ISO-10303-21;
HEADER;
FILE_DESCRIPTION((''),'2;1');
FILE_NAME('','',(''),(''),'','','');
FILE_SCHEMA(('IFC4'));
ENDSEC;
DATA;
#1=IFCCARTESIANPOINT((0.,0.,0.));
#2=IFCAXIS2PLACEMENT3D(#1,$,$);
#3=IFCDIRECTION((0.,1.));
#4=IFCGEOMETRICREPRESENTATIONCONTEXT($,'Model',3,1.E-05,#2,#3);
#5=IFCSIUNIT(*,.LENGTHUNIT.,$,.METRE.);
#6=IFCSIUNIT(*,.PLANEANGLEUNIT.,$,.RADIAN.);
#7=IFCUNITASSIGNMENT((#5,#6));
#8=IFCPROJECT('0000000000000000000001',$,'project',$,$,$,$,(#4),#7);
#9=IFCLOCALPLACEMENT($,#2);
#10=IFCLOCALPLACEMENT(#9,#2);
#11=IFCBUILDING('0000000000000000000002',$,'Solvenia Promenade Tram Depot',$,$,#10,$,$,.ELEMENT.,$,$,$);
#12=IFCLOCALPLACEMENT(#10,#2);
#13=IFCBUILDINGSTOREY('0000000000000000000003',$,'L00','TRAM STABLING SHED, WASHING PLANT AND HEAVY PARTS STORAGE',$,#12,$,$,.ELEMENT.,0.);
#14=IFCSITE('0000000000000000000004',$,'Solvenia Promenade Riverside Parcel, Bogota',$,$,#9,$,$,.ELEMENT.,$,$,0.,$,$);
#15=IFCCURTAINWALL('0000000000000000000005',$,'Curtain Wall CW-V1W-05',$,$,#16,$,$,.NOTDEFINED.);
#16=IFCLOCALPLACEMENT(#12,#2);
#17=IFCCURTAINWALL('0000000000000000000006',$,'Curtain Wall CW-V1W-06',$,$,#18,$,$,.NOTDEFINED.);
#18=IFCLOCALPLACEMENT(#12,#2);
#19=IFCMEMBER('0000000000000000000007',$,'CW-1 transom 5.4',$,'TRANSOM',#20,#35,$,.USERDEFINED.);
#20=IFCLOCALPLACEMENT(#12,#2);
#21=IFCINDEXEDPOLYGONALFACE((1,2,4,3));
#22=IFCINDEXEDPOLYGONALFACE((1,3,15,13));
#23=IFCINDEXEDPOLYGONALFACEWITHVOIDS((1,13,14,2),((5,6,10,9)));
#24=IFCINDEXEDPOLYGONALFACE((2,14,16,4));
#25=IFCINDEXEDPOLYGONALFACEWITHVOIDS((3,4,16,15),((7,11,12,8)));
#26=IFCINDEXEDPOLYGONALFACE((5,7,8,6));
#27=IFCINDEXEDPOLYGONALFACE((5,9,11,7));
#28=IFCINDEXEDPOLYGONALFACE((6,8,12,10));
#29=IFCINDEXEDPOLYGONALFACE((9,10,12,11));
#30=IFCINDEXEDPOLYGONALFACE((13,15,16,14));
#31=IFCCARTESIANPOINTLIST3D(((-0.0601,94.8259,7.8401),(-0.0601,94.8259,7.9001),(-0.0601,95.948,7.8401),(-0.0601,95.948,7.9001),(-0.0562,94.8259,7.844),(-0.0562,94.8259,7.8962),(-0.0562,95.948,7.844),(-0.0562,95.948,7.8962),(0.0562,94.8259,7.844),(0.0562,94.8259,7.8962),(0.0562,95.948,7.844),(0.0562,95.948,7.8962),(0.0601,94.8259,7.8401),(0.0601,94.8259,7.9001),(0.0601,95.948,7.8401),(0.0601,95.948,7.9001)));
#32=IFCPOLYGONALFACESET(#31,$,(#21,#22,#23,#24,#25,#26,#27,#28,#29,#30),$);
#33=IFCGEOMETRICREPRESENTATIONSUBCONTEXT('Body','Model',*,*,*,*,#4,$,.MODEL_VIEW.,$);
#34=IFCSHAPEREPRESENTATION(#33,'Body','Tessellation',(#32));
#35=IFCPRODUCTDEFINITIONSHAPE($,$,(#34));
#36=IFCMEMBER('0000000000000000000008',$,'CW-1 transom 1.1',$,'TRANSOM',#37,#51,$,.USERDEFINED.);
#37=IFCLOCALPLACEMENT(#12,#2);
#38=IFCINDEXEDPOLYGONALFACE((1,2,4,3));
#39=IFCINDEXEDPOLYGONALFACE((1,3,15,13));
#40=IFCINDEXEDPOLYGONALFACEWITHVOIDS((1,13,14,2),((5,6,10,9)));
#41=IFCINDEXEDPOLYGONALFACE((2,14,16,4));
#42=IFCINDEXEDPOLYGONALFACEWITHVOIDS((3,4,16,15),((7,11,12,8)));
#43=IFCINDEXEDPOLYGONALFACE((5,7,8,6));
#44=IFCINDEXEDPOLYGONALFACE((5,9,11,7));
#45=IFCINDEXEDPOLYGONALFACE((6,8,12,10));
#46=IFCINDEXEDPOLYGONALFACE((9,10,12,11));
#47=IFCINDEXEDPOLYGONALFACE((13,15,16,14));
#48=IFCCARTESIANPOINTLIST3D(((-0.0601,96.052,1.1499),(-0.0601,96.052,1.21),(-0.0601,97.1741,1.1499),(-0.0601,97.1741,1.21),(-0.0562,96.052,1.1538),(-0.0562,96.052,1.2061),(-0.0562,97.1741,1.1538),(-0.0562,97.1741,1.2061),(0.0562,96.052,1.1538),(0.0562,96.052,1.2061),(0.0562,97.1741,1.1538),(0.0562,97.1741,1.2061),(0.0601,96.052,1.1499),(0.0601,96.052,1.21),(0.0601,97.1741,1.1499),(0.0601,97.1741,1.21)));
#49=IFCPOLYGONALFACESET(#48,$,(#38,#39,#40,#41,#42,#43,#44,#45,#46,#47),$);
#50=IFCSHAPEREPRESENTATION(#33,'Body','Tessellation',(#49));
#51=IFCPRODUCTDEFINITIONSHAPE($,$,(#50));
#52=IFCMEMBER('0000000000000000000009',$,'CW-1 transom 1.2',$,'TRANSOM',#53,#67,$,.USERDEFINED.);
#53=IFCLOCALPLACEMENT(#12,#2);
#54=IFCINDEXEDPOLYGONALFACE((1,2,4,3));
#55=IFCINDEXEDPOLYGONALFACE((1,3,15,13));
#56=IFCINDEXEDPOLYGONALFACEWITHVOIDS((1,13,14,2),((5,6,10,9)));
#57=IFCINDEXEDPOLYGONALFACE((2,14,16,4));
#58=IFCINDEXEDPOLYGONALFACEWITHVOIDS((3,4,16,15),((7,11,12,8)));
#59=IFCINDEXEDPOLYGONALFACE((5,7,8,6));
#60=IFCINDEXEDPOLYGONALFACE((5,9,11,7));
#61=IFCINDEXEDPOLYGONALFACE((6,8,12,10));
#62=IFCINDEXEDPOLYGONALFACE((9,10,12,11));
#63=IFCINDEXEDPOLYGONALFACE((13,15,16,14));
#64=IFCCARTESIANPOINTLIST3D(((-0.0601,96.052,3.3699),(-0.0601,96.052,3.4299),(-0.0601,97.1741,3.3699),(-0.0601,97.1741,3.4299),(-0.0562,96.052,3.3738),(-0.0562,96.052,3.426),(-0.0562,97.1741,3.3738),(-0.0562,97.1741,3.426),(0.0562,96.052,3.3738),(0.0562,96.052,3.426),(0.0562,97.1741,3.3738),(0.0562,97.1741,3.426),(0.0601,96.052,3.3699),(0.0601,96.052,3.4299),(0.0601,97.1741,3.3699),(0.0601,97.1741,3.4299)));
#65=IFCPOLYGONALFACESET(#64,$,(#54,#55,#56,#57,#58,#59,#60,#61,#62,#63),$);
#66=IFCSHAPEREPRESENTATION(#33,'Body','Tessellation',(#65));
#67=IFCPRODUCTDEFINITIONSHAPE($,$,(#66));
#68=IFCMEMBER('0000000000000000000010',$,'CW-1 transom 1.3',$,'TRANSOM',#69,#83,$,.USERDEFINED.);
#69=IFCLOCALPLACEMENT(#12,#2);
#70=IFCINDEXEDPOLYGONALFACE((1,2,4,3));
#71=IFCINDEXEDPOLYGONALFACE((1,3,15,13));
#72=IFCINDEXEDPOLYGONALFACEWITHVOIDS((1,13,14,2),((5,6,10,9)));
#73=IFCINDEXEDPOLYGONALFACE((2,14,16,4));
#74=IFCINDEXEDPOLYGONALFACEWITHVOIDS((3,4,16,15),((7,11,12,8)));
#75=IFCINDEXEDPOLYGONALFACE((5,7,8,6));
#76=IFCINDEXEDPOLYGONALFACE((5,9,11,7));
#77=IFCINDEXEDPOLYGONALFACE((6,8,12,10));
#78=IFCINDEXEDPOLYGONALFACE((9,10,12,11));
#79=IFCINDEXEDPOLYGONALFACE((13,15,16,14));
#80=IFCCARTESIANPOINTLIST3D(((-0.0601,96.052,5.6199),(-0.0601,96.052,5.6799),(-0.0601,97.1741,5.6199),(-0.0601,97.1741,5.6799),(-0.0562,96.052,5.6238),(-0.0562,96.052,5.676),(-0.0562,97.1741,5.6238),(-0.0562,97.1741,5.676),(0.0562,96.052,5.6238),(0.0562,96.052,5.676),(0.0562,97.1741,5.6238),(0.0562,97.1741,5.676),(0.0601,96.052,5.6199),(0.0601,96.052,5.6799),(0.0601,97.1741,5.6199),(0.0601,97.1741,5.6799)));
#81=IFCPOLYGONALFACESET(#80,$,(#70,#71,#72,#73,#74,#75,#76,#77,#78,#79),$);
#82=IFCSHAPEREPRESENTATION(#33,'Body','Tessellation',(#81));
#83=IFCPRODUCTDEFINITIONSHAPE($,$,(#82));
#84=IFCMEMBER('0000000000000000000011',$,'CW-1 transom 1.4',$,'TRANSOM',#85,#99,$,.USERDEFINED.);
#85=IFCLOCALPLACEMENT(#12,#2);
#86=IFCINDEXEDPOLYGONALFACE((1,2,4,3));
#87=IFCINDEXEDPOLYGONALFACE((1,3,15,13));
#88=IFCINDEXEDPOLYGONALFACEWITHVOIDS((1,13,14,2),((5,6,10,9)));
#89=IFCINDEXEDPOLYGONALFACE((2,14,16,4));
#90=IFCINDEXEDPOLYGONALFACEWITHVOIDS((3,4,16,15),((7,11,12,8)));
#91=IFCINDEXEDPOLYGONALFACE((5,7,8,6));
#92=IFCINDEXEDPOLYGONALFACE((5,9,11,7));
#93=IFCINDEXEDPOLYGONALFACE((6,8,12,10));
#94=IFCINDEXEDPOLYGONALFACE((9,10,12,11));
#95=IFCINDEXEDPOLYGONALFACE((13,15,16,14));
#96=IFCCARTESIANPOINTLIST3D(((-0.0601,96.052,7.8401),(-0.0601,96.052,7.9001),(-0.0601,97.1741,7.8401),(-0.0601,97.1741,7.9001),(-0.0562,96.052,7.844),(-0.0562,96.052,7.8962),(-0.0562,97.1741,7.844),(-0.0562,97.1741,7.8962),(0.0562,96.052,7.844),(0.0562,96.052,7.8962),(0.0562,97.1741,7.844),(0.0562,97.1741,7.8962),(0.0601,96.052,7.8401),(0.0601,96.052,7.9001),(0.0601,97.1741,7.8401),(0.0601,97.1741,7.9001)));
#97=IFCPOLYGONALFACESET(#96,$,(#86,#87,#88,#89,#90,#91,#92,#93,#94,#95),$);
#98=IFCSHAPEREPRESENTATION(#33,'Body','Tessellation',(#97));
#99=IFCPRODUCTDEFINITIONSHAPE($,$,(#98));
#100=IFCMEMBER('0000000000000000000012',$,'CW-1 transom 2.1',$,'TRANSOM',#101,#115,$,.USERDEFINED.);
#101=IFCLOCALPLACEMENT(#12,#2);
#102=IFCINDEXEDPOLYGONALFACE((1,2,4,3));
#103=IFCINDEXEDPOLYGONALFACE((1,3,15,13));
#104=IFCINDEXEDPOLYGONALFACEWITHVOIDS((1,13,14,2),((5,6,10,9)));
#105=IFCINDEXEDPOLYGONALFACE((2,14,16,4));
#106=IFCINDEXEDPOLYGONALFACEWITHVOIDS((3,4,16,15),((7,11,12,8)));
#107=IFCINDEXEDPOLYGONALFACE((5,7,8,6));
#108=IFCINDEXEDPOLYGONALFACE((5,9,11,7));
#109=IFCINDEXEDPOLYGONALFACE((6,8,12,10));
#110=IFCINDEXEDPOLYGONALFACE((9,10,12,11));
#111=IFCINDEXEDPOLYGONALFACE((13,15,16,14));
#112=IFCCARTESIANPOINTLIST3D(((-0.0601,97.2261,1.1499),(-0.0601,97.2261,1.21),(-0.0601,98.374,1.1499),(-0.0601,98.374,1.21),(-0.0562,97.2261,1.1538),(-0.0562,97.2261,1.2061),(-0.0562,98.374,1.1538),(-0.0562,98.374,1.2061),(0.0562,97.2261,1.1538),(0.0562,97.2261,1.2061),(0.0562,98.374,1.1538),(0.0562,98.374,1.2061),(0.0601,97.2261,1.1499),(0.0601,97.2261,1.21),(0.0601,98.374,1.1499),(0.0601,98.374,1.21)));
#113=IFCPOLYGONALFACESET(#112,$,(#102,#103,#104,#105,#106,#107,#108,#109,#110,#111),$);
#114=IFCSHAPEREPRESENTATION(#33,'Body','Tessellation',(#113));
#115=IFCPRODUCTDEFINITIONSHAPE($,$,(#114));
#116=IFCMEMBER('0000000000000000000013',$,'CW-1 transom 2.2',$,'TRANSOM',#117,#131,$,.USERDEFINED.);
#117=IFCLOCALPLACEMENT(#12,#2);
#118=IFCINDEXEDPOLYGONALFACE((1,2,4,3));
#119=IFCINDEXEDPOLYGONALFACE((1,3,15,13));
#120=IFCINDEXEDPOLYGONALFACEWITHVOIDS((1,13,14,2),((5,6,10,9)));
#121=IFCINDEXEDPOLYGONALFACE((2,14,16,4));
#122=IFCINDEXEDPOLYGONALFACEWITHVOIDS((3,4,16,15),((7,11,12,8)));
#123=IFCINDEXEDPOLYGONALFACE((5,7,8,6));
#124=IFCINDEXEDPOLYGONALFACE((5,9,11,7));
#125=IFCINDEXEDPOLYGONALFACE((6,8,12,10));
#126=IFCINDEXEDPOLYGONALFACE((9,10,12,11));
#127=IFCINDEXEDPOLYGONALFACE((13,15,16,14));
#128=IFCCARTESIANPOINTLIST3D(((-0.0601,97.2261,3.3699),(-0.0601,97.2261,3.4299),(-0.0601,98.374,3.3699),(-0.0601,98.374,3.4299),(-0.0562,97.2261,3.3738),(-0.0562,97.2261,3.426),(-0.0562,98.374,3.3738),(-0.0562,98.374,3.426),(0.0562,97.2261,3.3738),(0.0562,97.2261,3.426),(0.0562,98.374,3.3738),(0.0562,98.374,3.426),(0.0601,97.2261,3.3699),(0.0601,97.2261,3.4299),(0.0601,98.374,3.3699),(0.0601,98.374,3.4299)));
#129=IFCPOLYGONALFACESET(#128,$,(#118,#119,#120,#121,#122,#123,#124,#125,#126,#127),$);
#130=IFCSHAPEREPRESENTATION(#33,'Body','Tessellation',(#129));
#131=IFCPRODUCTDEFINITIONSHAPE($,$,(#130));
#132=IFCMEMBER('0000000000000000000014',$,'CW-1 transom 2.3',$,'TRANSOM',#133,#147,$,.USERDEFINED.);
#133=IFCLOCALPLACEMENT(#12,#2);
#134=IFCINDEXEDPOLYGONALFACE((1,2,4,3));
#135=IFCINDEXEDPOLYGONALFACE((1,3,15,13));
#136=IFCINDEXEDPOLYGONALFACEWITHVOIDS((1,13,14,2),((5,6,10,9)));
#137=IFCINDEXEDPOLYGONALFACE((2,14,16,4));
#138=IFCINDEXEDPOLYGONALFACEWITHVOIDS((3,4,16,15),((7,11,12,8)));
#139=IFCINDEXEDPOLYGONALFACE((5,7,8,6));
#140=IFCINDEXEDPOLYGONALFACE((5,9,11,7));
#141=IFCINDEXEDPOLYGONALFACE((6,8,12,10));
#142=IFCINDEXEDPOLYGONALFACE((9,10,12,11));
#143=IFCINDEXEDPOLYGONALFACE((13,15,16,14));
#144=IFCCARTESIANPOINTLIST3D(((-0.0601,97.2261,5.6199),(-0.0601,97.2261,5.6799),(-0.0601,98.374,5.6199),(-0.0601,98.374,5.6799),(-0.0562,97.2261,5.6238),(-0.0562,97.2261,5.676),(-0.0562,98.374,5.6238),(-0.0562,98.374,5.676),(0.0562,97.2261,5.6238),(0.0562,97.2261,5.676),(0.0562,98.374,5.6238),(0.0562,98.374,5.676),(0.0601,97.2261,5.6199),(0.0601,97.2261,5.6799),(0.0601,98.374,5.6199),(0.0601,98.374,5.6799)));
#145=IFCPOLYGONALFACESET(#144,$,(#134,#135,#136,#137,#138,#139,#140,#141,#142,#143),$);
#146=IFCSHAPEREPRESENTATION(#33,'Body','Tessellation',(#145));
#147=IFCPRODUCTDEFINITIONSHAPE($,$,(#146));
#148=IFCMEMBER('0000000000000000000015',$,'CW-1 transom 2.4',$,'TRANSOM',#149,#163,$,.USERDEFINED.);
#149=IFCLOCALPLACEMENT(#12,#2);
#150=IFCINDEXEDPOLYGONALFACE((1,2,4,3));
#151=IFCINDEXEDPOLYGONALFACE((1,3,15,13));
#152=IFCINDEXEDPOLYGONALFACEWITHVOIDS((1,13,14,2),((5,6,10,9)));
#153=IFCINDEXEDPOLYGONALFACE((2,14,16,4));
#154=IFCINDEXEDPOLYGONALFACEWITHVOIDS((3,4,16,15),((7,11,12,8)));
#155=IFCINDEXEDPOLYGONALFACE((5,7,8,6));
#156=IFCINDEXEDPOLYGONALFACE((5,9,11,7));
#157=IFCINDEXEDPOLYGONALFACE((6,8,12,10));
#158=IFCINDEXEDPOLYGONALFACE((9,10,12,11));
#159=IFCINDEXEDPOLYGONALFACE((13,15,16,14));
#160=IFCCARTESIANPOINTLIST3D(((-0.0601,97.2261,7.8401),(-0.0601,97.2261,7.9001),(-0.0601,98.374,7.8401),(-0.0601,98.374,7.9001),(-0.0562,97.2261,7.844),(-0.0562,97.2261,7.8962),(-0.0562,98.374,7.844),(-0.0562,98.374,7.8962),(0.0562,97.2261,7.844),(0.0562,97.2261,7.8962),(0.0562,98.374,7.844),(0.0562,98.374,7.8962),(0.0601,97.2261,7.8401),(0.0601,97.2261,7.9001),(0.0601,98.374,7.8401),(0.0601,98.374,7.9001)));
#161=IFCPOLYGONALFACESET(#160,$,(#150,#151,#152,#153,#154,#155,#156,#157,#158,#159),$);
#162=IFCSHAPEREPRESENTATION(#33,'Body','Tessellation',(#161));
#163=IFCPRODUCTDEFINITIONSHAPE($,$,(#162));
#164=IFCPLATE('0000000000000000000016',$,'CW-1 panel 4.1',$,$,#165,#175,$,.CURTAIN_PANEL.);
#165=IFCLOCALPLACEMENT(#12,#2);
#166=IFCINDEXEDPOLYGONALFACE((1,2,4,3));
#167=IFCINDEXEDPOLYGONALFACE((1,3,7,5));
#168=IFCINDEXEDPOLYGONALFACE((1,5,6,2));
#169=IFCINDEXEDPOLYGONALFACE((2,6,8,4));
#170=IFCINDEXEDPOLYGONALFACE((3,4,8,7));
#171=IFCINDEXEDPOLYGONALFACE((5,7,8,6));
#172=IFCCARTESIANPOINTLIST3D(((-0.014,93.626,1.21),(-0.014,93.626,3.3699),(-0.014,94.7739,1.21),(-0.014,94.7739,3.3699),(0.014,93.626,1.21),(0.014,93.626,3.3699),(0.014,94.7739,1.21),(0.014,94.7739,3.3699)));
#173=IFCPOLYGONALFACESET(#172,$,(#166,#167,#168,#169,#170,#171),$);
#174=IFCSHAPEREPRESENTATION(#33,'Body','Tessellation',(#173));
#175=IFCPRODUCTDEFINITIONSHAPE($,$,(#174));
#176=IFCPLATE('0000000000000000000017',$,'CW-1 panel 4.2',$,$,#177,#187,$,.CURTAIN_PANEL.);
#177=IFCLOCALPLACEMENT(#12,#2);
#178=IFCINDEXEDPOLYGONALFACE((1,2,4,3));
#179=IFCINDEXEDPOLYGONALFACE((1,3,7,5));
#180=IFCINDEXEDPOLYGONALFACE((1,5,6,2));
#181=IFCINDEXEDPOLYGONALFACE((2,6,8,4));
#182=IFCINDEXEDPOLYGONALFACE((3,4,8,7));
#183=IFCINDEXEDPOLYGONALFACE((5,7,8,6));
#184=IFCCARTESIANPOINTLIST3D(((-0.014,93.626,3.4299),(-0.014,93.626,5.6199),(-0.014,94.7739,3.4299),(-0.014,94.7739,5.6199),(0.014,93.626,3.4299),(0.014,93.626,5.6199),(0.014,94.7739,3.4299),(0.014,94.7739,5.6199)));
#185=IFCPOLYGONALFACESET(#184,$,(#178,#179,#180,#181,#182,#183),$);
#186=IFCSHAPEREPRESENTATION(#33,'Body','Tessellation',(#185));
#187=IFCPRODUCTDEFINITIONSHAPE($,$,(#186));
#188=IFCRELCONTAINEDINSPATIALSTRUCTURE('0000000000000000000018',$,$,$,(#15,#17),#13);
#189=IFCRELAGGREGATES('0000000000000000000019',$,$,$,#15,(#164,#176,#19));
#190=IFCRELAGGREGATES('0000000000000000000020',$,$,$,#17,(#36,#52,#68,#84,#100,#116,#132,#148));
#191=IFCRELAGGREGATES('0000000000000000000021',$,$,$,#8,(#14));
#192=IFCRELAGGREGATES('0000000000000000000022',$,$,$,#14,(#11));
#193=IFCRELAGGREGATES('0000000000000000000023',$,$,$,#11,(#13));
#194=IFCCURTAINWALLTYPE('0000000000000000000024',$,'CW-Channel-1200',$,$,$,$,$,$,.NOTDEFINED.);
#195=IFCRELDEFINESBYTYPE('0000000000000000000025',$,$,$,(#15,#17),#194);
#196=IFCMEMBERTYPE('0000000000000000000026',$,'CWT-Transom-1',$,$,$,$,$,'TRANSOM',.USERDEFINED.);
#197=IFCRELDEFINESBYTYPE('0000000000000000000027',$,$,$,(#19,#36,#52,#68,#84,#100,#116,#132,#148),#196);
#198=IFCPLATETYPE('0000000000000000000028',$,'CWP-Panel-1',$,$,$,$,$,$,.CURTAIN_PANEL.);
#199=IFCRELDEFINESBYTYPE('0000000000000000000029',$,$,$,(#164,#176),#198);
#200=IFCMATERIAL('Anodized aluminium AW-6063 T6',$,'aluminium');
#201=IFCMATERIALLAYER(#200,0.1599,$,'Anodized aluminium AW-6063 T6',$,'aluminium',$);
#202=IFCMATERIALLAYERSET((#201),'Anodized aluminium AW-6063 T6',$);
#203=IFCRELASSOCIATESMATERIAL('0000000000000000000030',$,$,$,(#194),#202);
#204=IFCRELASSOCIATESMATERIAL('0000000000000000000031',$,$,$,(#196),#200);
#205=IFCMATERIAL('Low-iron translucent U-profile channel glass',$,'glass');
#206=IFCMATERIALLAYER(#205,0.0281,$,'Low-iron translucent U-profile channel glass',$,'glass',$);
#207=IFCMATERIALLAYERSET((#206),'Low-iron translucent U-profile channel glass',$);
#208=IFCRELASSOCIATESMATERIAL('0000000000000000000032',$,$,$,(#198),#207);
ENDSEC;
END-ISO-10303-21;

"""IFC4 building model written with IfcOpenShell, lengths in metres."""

from ifc_helpers import new_model, si_unit, direction, frame, origin, origin_2d, place, context, subcontext, project, spatial, rectangle, hollow_rectangle, extrude, material, layer, layer_set, material_profile, profile_set, type_object, element, aggregate, save


model = new_model("IFC4")

# Units and contexts
model_context = context("Model", 3, precision=1e-05, world=origin(), true_north=direction((0.0, 1.0)))
body_context = subcontext(model_context, "Body", "Model", "MODEL_VIEW")
ifc_project = project(units=[si_unit("LENGTHUNIT", "METRE"), si_unit("PLANEANGLEUNIT", "RADIAN")], contexts=[model_context])

# Site, building, storey
site_placement = place(None, origin())
site = spatial("IfcSite", under=ifc_project, at=site_placement, Name="Solvenia Promenade Riverside Parcel, Bogota", CompositionType="ELEMENT", RefElevation=0.0)
building_placement = place(site_placement, origin())
building = spatial("IfcBuilding", under=site, at=building_placement, Name="Solvenia Promenade Tram Depot", CompositionType="ELEMENT")
storey_placement = place(building_placement, origin())
storey = spatial("IfcBuildingStorey", under=building, at=storey_placement, Name="L00", Description="TRAM STABLING SHED, WASHING PLANT AND HEAVY PARTS STORAGE", CompositionType="ELEMENT", Elevation=0.0)

# Curtain walls
ifc_material_1 = material(Name="Anodized aluminium AW-6063 T6", Category="aluminium")
ifc_layer_1 = layer(ifc_material_1, 0.1599, Name="Anodized aluminium AW-6063 T6", Category="aluminium")
ifc_layer_set_1 = layer_set([ifc_layer_1], Name="Anodized aluminium AW-6063 T6")
curtain_wall_type = type_object("IfcCurtainWallType", Name="CW-Channel-1200", PredefinedType="NOTDEFINED", material=ifc_layer_set_1)
curtain_wall_1_placement = place(storey_placement, origin())
curtain_wall_1 = element("IfcCurtainWall", 1, at=curtain_wall_1_placement, inside=storey, type_object=curtain_wall_type, Name="Curtain Wall CW-V1W-05", PredefinedType="NOTDEFINED")
curtain_wall_2_placement = place(storey_placement, origin())
curtain_wall_2 = element("IfcCurtainWall", 2, at=curtain_wall_2_placement, inside=storey, type_object=curtain_wall_type, Name="Curtain Wall CW-V1W-06", PredefinedType="NOTDEFINED")

# Members
ifc_material_profile_1 = material_profile(ifc_material_1, hollow_rectangle(XDim=0.1201, YDim=0.0601, WallThickness=0.0039, at=origin_2d()), Name="ALU-T1", Category="aluminium")
ifc_profile_set_1 = profile_set([ifc_material_profile_1], Name="Anodized aluminium AW-6063 T6")
member_type_1 = type_object("IfcMemberType", Name="CWT-Transom-1", ElementType="TRANSOM", PredefinedType="USERDEFINED", material=ifc_profile_set_1)
member_1_placement = place(storey_placement, frame((0.0, 94.8259, 7.8701), z_axis=(0.0, 1.0, 0.0), x_axis=(-1.0, 0.0, 0.0)))
member_1 = element("IfcMember", 3, at=member_1_placement, type_object=member_type_1, Name="CW-1 transom 5.4", ObjectType="TRANSOM", PredefinedType="USERDEFINED", context=body_context, shape_type="SweptSolid", body=[
    extrude(hollow_rectangle(XDim=0.1201, YDim=0.0601, WallThickness=0.0039, at=origin_2d()), origin(), (0.0, 0.0, 1.0), 1.1221),
])
member_2_placement = place(storey_placement, frame((0.0, 96.052, 1.1799), z_axis=(0.0, 1.0, 0.0), x_axis=(-1.0, 0.0, 0.0)))
member_2 = element("IfcMember", 4, at=member_2_placement, type_object=member_type_1, Name="CW-1 transom 1.1", ObjectType="TRANSOM", PredefinedType="USERDEFINED", context=body_context, shape_type="SweptSolid", body=[
    extrude(hollow_rectangle(XDim=0.1201, YDim=0.0601, WallThickness=0.0039, at=origin_2d()), origin(), (0.0, 0.0, 1.0), 1.1221),
])
member_3_placement = place(storey_placement, frame((0.0, 96.052, 3.3999), z_axis=(0.0, 1.0, 0.0), x_axis=(-1.0, 0.0, 0.0)))
member_3 = element("IfcMember", 5, at=member_3_placement, type_object=member_type_1, Name="CW-1 transom 1.2", ObjectType="TRANSOM", PredefinedType="USERDEFINED", context=body_context, shape_type="SweptSolid", body=[
    extrude(hollow_rectangle(XDim=0.1201, YDim=0.0601, WallThickness=0.0039, at=origin_2d()), origin(), (0.0, 0.0, 1.0), 1.1221),
])
member_4_placement = place(storey_placement, frame((0.0, 96.052, 5.6499), z_axis=(0.0, 1.0, 0.0), x_axis=(-1.0, 0.0, 0.0)))
member_4 = element("IfcMember", 6, at=member_4_placement, type_object=member_type_1, Name="CW-1 transom 1.3", ObjectType="TRANSOM", PredefinedType="USERDEFINED", context=body_context, shape_type="SweptSolid", body=[
    extrude(hollow_rectangle(XDim=0.1201, YDim=0.0601, WallThickness=0.0039, at=origin_2d()), origin(), (0.0, 0.0, 1.0), 1.1221),
])
member_5_placement = place(storey_placement, frame((0.0, 96.052, 7.8701), z_axis=(0.0, 1.0, 0.0), x_axis=(-1.0, 0.0, 0.0)))
member_5 = element("IfcMember", 7, at=member_5_placement, type_object=member_type_1, Name="CW-1 transom 1.4", ObjectType="TRANSOM", PredefinedType="USERDEFINED", context=body_context, shape_type="SweptSolid", body=[
    extrude(hollow_rectangle(XDim=0.1201, YDim=0.0601, WallThickness=0.0039, at=origin_2d()), origin(), (0.0, 0.0, 1.0), 1.1221),
])
member_6_placement = place(storey_placement, frame((0.0, 97.2261, 1.1799), z_axis=(0.0, 1.0, 0.0), x_axis=(-1.0, 0.0, 0.0)))
member_6 = element("IfcMember", 8, at=member_6_placement, type_object=member_type_1, Name="CW-1 transom 2.1", ObjectType="TRANSOM", PredefinedType="USERDEFINED", context=body_context, shape_type="SweptSolid", body=[
    extrude(hollow_rectangle(XDim=0.1201, YDim=0.0601, WallThickness=0.0039, at=origin_2d()), origin(), (0.0, 0.0, 1.0), 1.1479),
])
member_7_placement = place(storey_placement, frame((0.0, 97.2261, 3.3999), z_axis=(0.0, 1.0, 0.0), x_axis=(-1.0, 0.0, 0.0)))
member_7 = element("IfcMember", 9, at=member_7_placement, type_object=member_type_1, Name="CW-1 transom 2.2", ObjectType="TRANSOM", PredefinedType="USERDEFINED", context=body_context, shape_type="SweptSolid", body=[
    extrude(hollow_rectangle(XDim=0.1201, YDim=0.0601, WallThickness=0.0039, at=origin_2d()), origin(), (0.0, 0.0, 1.0), 1.1479),
])
member_8_placement = place(storey_placement, frame((0.0, 97.2261, 5.6499), z_axis=(0.0, 1.0, 0.0), x_axis=(-1.0, 0.0, 0.0)))
member_8 = element("IfcMember", 10, at=member_8_placement, type_object=member_type_1, Name="CW-1 transom 2.3", ObjectType="TRANSOM", PredefinedType="USERDEFINED", context=body_context, shape_type="SweptSolid", body=[
    extrude(hollow_rectangle(XDim=0.1201, YDim=0.0601, WallThickness=0.0039, at=origin_2d()), origin(), (0.0, 0.0, 1.0), 1.1479),
])
member_9_placement = place(storey_placement, frame((0.0, 97.2261, 7.8701), z_axis=(0.0, 1.0, 0.0), x_axis=(-1.0, 0.0, 0.0)))
member_9 = element("IfcMember", 11, at=member_9_placement, type_object=member_type_1, Name="CW-1 transom 2.4", ObjectType="TRANSOM", PredefinedType="USERDEFINED", context=body_context, shape_type="SweptSolid", body=[
    extrude(hollow_rectangle(XDim=0.1201, YDim=0.0601, WallThickness=0.0039, at=origin_2d()), origin(), (0.0, 0.0, 1.0), 1.1479),
])

# Plates
ifc_material_2 = material(Name="Low-iron translucent U-profile channel glass", Category="glass")
ifc_layer_2 = layer(ifc_material_2, 0.0281, Name="Low-iron translucent U-profile channel glass", Category="glass")
ifc_layer_set_2 = layer_set([ifc_layer_2], Name="Low-iron translucent U-profile channel glass")
plate_type = type_object("IfcPlateType", Name="CWP-Panel-1", PredefinedType="CURTAIN_PANEL", material=ifc_layer_set_2)
plate_1_placement = place(storey_placement, frame((0.0, 94.2, 1.21), z_axis=(0.0, 0.0, 1.0), x_axis=(0.0, 1.0, 0.0)))
plate_1 = element("IfcPlate", 12, at=plate_1_placement, type_object=plate_type, Name="CW-1 panel 4.1", PredefinedType="CURTAIN_PANEL", context=body_context, shape_type="SweptSolid", body=[
    extrude(rectangle(XDim=1.1479, YDim=0.0281, at=origin_2d()), origin(), (0.0, 0.0, 1.0), 2.1599),
])
plate_2_placement = place(storey_placement, frame((0.0, 94.2, 3.4299), z_axis=(0.0, 0.0, 1.0), x_axis=(0.0, 1.0, 0.0)))
plate_2 = element("IfcPlate", 13, at=plate_2_placement, type_object=plate_type, Name="CW-1 panel 4.2", PredefinedType="CURTAIN_PANEL", context=body_context, shape_type="SweptSolid", body=[
    extrude(rectangle(XDim=1.1479, YDim=0.0281, at=origin_2d()), origin(), (0.0, 0.0, 1.0), 2.1899),
])
aggregate(curtain_wall_1, [plate_1, plate_2, member_1])
aggregate(curtain_wall_2, [member_2, member_3, member_4, member_5, member_6, member_7, member_8, member_9])

save(model, "model.ifc")
